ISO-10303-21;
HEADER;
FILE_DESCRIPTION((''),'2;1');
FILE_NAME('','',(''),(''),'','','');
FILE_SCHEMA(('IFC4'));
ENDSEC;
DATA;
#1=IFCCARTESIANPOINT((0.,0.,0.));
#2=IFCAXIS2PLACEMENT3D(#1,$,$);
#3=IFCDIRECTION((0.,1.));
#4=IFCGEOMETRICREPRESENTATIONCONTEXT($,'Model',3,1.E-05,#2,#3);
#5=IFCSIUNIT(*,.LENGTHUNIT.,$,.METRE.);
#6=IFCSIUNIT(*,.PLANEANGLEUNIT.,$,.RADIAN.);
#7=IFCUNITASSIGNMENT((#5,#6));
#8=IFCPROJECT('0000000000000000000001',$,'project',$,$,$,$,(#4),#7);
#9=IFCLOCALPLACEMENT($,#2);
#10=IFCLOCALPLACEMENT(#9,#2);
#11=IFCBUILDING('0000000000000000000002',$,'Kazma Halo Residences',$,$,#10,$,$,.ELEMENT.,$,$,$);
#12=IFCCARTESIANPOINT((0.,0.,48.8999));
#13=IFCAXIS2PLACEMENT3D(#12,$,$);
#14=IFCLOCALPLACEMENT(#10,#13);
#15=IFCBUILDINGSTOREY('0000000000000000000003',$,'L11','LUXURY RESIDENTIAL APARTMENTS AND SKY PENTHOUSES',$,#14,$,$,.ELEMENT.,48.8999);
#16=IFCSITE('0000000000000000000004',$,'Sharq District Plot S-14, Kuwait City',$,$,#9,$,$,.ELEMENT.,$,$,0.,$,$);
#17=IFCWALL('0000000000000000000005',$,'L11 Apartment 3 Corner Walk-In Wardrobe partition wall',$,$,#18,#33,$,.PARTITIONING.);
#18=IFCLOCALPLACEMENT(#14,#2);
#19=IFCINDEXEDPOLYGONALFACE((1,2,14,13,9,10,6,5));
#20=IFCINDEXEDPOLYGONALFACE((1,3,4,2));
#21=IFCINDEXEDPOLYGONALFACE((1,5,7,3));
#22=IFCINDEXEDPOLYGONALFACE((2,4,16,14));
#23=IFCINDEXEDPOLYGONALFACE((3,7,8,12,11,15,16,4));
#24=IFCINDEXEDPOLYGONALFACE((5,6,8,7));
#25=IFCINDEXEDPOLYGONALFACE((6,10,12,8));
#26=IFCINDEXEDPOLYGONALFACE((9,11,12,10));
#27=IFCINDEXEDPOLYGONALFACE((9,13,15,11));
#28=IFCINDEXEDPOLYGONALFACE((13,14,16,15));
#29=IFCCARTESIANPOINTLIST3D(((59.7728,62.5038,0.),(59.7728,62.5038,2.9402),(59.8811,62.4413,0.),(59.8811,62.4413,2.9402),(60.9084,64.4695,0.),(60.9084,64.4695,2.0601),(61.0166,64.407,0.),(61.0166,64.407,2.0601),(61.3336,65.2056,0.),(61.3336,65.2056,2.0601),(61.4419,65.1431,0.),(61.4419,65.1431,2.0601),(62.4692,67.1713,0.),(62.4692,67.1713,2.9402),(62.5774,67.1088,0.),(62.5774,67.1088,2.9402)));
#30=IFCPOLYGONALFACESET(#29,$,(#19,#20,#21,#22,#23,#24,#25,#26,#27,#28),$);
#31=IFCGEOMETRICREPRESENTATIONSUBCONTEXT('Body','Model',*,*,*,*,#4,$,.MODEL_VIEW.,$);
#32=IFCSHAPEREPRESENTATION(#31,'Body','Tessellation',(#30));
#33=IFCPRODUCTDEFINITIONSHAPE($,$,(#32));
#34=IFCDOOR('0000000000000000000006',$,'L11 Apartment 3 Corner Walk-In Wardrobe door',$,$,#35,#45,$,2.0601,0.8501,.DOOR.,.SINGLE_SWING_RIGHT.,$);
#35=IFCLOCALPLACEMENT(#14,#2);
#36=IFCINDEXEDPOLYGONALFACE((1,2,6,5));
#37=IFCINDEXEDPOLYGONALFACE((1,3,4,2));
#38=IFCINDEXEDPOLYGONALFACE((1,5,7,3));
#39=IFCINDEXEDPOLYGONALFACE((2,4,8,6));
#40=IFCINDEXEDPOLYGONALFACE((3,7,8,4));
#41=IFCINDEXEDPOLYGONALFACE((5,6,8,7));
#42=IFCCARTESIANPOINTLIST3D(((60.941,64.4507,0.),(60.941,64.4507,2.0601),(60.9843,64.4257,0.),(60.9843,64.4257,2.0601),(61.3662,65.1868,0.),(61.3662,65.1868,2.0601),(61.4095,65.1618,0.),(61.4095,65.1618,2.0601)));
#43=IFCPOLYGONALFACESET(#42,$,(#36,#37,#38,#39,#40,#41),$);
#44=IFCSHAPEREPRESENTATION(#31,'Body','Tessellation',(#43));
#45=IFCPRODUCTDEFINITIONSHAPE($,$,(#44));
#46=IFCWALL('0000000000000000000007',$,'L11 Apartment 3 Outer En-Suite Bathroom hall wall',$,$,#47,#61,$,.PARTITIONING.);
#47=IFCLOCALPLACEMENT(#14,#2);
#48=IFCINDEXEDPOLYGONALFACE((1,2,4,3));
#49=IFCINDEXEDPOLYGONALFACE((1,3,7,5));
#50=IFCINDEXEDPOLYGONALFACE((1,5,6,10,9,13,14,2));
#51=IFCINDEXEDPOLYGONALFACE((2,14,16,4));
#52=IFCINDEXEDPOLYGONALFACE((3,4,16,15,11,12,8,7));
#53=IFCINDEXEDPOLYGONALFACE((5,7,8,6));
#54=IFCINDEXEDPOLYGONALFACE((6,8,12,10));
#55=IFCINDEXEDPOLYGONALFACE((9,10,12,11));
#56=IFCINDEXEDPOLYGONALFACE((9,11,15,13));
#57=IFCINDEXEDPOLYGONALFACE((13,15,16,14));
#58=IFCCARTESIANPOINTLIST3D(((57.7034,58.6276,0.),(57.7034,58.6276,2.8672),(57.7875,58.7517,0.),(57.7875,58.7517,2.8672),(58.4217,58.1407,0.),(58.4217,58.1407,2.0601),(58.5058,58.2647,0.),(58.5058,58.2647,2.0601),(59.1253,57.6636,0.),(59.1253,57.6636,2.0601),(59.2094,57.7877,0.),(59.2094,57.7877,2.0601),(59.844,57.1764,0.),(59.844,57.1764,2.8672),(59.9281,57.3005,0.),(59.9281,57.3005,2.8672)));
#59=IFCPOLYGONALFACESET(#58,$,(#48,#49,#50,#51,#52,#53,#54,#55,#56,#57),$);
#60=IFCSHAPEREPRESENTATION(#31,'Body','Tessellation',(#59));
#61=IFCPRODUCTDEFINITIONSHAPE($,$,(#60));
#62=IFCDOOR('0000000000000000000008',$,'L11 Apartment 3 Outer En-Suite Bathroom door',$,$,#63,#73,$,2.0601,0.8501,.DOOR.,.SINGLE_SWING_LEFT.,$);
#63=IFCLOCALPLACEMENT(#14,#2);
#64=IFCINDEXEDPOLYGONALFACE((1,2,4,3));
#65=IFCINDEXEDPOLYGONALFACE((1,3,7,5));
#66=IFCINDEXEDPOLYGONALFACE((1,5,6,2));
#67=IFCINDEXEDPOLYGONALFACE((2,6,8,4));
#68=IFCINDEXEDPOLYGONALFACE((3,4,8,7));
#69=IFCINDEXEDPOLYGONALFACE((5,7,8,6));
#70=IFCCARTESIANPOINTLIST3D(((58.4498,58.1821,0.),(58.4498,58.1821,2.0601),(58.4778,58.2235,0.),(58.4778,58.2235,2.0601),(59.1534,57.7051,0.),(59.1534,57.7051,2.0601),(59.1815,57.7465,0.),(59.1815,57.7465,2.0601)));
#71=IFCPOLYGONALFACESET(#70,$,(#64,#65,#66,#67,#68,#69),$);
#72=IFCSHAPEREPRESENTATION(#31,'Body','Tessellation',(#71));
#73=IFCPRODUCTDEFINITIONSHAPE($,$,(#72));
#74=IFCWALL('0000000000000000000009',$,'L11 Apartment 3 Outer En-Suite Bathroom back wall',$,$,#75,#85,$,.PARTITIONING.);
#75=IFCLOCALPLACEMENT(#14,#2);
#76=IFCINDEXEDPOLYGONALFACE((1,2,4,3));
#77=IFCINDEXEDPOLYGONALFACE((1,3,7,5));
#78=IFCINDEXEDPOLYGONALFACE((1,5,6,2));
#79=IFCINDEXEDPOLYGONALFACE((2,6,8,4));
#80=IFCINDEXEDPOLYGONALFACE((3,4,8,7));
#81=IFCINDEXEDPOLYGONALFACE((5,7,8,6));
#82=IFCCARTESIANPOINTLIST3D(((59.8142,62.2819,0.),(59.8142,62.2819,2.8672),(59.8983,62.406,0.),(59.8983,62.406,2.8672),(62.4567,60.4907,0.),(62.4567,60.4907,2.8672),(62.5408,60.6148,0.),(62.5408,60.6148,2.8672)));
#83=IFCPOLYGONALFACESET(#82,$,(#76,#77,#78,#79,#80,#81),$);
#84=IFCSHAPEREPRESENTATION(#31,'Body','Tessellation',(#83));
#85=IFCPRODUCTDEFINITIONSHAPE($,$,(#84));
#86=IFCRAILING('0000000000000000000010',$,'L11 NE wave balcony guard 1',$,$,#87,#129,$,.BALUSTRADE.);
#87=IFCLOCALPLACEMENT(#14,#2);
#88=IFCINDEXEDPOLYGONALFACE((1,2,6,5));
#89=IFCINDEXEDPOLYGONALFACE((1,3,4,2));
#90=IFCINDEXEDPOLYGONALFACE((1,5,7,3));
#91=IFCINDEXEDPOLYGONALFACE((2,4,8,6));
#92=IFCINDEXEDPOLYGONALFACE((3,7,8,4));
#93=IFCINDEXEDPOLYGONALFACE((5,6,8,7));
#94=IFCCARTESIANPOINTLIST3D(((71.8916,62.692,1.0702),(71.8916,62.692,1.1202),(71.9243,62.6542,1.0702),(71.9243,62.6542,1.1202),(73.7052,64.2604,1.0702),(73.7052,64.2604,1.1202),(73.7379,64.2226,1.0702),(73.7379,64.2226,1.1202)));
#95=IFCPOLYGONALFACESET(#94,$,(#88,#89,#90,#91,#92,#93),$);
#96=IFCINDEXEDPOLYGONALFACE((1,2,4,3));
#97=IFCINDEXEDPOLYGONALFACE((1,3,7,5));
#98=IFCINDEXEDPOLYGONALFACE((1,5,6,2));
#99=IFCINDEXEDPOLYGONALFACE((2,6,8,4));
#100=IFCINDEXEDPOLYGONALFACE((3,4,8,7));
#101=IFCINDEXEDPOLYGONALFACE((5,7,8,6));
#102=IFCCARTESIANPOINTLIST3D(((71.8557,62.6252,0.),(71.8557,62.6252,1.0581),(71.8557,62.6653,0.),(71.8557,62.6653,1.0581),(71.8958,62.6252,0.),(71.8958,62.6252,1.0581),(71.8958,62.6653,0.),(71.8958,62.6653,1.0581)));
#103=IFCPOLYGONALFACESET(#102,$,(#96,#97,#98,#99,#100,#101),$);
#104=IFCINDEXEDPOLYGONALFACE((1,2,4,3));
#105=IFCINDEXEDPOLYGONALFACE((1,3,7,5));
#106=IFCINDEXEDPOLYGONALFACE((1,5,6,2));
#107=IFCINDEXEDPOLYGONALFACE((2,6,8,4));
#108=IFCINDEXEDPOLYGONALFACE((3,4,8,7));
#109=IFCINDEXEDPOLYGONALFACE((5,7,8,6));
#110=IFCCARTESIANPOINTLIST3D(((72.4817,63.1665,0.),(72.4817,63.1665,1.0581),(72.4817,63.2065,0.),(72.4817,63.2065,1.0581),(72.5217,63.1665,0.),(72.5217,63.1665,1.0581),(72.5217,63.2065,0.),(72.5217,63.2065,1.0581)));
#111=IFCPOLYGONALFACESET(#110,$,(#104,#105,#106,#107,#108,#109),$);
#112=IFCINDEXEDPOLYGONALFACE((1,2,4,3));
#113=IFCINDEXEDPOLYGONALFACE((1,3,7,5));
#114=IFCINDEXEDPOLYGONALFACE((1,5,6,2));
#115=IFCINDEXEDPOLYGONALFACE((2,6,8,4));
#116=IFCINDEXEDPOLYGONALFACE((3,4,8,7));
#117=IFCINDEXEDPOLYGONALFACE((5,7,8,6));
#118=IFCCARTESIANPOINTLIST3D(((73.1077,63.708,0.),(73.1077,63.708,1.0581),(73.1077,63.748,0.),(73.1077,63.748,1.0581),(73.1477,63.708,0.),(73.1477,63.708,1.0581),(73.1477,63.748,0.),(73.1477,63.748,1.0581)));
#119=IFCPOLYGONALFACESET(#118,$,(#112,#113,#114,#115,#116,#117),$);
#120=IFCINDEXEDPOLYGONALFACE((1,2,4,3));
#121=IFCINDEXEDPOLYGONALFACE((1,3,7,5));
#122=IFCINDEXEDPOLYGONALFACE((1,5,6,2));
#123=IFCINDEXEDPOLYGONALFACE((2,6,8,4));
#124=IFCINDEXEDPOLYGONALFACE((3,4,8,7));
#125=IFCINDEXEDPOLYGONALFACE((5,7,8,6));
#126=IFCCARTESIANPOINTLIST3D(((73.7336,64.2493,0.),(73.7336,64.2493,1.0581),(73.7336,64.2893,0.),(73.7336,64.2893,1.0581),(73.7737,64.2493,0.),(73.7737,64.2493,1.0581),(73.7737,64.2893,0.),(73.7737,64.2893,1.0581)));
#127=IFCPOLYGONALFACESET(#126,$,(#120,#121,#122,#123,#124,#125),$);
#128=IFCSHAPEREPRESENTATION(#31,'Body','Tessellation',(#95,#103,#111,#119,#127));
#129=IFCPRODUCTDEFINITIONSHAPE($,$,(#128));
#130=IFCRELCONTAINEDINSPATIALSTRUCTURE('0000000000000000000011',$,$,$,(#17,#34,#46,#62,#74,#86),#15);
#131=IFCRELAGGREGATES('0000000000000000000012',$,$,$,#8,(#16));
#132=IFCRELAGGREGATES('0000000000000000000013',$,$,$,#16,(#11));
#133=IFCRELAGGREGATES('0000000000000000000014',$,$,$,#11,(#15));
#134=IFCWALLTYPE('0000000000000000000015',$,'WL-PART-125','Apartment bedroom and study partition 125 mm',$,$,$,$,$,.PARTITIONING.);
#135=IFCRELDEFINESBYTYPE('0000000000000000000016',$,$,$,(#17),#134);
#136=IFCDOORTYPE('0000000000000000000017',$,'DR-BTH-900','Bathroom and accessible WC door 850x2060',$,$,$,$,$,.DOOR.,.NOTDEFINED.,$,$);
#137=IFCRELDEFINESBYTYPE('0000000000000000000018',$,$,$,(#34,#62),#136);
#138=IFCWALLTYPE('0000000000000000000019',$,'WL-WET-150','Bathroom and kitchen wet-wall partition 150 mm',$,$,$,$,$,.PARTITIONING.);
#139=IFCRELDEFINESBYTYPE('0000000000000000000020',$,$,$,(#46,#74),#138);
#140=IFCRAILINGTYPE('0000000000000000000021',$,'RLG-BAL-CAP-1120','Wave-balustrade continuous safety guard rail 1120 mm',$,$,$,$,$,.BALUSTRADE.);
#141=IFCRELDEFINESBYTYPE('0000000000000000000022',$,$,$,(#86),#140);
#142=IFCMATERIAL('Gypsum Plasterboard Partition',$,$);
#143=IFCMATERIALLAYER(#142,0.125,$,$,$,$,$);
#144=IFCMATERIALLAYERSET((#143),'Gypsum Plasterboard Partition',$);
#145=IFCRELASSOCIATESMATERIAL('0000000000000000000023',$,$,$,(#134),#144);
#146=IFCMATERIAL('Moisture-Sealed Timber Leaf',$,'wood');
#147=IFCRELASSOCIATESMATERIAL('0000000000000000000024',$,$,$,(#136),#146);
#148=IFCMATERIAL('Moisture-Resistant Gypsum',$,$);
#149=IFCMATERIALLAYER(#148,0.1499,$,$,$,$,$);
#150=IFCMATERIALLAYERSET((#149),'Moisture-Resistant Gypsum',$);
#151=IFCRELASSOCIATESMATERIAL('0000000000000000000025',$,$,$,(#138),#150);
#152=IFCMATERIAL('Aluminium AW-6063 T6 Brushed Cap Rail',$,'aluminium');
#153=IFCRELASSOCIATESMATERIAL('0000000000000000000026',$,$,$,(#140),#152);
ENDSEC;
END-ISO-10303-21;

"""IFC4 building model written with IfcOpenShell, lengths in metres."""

from ifc_helpers import new_model, si_unit, direction, frame, frame_2d, origin, origin_2d, place, context, subcontext, project, spatial, rectangle, extrude, material, layer, layer_set, type_object, element, fill, save


model = new_model("IFC4")

# Units and contexts
model_context = context("Model", 3, precision=1e-05, world=origin(), true_north=direction((0.0, 1.0)))
body_context = subcontext(model_context, "Body", "Model", "MODEL_VIEW")
ifc_project = project(units=[si_unit("LENGTHUNIT", "METRE"), si_unit("PLANEANGLEUNIT", "RADIAN")], contexts=[model_context])

# Site, building, storey
site_placement = place(None, origin())
site = spatial("IfcSite", under=ifc_project, at=site_placement, Name="Sharq District Plot S-14, Kuwait City", CompositionType="ELEMENT", RefElevation=0.0)
building_placement = place(site_placement, origin())
building = spatial("IfcBuilding", under=site, at=building_placement, Name="Kazma Halo Residences", CompositionType="ELEMENT")
storey_placement = place(building_placement, frame((0.0, 0.0, 48.8999)))
storey = spatial("IfcBuildingStorey", under=building, at=storey_placement, Name="L11", Description="LUXURY RESIDENTIAL APARTMENTS AND SKY PENTHOUSES", CompositionType="ELEMENT", Elevation=48.8999)

# Shared definitions
ifc_material_1 = material(Name="Gypsum Plasterboard Partition")
ifc_layer_1 = layer(ifc_material_1, 0.125)
ifc_layer_set_1 = layer_set([ifc_layer_1], Name="Gypsum Plasterboard Partition")
wall_type_1 = type_object("IfcWallType", Name="WL-PART-125", Description="Apartment bedroom and study partition 125 mm", PredefinedType="PARTITIONING", material=ifc_layer_set_1)

# Walls, openings, doors
wall_1_placement = place(storey_placement, frame((59.8269, 62.4724, 0.0), z_axis=(0.0, 0.0, 1.0), x_axis=(0.500211, 0.865903, 0.0)))
wall_1 = element("IfcWall", 1, at=wall_1_placement, inside=storey, type_object=wall_type_1, Name="L11 Apartment 3 Corner Walk-In Wardrobe partition wall", PredefinedType="PARTITIONING", context=body_context, shape_type="SweptSolid", body=[
    extrude(rectangle(XDim=5.3904, YDim=0.125, at=frame_2d((2.6953, 0.0))), origin(), (0.0, 0.0, 1.0), 2.9402),
])
opening_1_placement = place(wall_1_placement, frame((2.2703, 0.0, 0.0)))
opening_1 = element("IfcOpeningElement", 2, at=opening_1_placement, cuts=wall_1, PredefinedType="OPENING", context=body_context, shape_type="SweptSolid", body=[
    extrude(rectangle(XDim=0.8501, YDim=2.0601, at=frame_2d((0.425, 1.03))), frame((0.0, 0.0725, 0.0), z_axis=(0.0, -1.0, 0.0), x_axis=(1.0, 0.0, 0.0)), (0.0, 0.0, 1.0), 0.145),
])
ifc_material_2 = material(Name="Moisture-Sealed Timber Leaf", Category="wood")
door_type_1 = type_object("IfcDoorType", Name="DR-BTH-900", Description="Bathroom and accessible WC door 850x2060", OperationType="NOTDEFINED", PredefinedType="DOOR", material=ifc_material_2)
door_1_placement = place(opening_1_placement, origin())
door_1 = element("IfcDoor", 3, at=door_1_placement, inside=storey, type_object=door_type_1, Name="L11 Apartment 3 Corner Walk-In Wardrobe door", OperationType="SINGLE_SWING_RIGHT", OverallHeight=2.0601, OverallWidth=0.8501, PredefinedType="DOOR", context=body_context, shape_type="SweptSolid", body=[
    extrude(rectangle(XDim=0.8501, YDim=2.0601, at=frame_2d((0.425, 1.03))), frame((0.0, 0.0249, 0.0), z_axis=(0.0, -1.0, 0.0), x_axis=(1.0, 0.0, 0.0)), (0.0, 0.0, 1.0), 0.05),
])
fill(opening_1, door_1)
ifc_material_3 = material(Name="Moisture-Resistant Gypsum")
ifc_layer_2 = layer(ifc_material_3, 0.1499)
ifc_layer_set_2 = layer_set([ifc_layer_2], Name="Moisture-Resistant Gypsum")
wall_type_2 = type_object("IfcWallType", Name="WL-WET-150", Description="Bathroom and kitchen wet-wall partition 150 mm", PredefinedType="PARTITIONING", material=ifc_layer_set_2)
wall_2_placement = place(storey_placement, frame((59.886, 57.2385, 0.0), z_axis=(0.0, 0.0, 1.0), x_axis=(-0.827726, 0.561132, 0.0)))
wall_2 = element("IfcWall", 4, at=wall_2_placement, inside=storey, type_object=wall_type_2, Name="L11 Apartment 3 Outer En-Suite Bathroom hall wall", PredefinedType="PARTITIONING", context=body_context, shape_type="SweptSolid", body=[
    extrude(rectangle(XDim=2.5862, YDim=0.1499, at=frame_2d((1.293, 0.0))), origin(), (0.0, 0.0, 1.0), 2.8672),
])
opening_2_placement = place(wall_2_placement, frame((0.8682, 0.0, 0.0)))
opening_2 = element("IfcOpeningElement", 5, at=opening_2_placement, cuts=wall_2, PredefinedType="OPENING", context=body_context, shape_type="SweptSolid", body=[
    extrude(rectangle(XDim=0.8501, YDim=2.0601, at=frame_2d((0.425, 1.03))), frame((0.0, 0.085, 0.0), z_axis=(0.0, -1.0, 0.0), x_axis=(1.0, 0.0, 0.0)), (0.0, 0.0, 1.0), 0.1699),
])
door_2_placement = place(opening_2_placement, origin())
door_2 = element("IfcDoor", 6, at=door_2_placement, inside=storey, type_object=door_type_1, Name="L11 Apartment 3 Outer En-Suite Bathroom door", OperationType="SINGLE_SWING_LEFT", OverallHeight=2.0601, OverallWidth=0.8501, PredefinedType="DOOR", context=body_context, shape_type="SweptSolid", body=[
    extrude(rectangle(XDim=0.8501, YDim=2.0601, at=frame_2d((0.425, 1.03))), frame((0.0, 0.0249, 0.0), z_axis=(0.0, -1.0, 0.0), x_axis=(1.0, 0.0, 0.0)), (0.0, 0.0, 1.0), 0.05),
])
fill(opening_2, door_2)

# Wall
wall_3_placement = place(storey_placement, frame((62.4988, 60.5527, 0.0), z_axis=(0.0, 0.0, 1.0), x_axis=(-0.827755, 0.56109, 0.0)))
element("IfcWall", 7, at=wall_3_placement, inside=storey, type_object=wall_type_2, Name="L11 Apartment 3 Outer En-Suite Bathroom back wall", PredefinedType="PARTITIONING", context=body_context, shape_type="SweptSolid", body=[
    extrude(rectangle(XDim=3.1924, YDim=0.1499, at=frame_2d((1.5962, 0.0))), origin(), (0.0, 0.0, 1.0), 2.8672),
])

# Railing
ifc_material_4 = material(Name="Aluminium AW-6063 T6 Brushed Cap Rail", Category="aluminium")
railing_type = type_object("IfcRailingType", Name="RLG-BAL-CAP-1120", Description="Wave-balustrade continuous safety guard rail 1120 mm", PredefinedType="BALUSTRADE", material=ifc_material_4)
railing_1_placement = place(storey_placement, frame((71.8757, 62.6453, 0.0)))
element("IfcRailing", 8, at=railing_1_placement, inside=storey, type_object=railing_type, Name="L11 NE wave balcony guard 1", PredefinedType="BALUSTRADE", context=body_context, shape_type="SweptSolid", body=[
    extrude(rectangle(XDim=0.05, YDim=0.05, at=origin_2d()), frame((0.0322, 0.0278, 1.0952), z_axis=(0.756389, 0.654122, 0.0), x_axis=(-0.654122, 0.756389, 0.0)), (0.0, 0.0, 1.0), 2.3977),
    extrude(rectangle(XDim=0.04, YDim=0.04, at=origin_2d()), origin(), (0.0, 0.0, 1.0), 1.0581),
    extrude(rectangle(XDim=0.04, YDim=0.04, at=origin_2d()), frame((0.626, 0.5413, 0.0)), (0.0, 0.0, 1.0), 1.0581),
    extrude(rectangle(XDim=0.04, YDim=0.04, at=origin_2d()), frame((1.252, 1.0828, 0.0)), (0.0, 0.0, 1.0), 1.0581),
    extrude(rectangle(XDim=0.04, YDim=0.04, at=origin_2d()), frame((1.8779, 1.624, 0.0)), (0.0, 0.0, 1.0), 1.0581),
])

save(model, "model.ifc")
